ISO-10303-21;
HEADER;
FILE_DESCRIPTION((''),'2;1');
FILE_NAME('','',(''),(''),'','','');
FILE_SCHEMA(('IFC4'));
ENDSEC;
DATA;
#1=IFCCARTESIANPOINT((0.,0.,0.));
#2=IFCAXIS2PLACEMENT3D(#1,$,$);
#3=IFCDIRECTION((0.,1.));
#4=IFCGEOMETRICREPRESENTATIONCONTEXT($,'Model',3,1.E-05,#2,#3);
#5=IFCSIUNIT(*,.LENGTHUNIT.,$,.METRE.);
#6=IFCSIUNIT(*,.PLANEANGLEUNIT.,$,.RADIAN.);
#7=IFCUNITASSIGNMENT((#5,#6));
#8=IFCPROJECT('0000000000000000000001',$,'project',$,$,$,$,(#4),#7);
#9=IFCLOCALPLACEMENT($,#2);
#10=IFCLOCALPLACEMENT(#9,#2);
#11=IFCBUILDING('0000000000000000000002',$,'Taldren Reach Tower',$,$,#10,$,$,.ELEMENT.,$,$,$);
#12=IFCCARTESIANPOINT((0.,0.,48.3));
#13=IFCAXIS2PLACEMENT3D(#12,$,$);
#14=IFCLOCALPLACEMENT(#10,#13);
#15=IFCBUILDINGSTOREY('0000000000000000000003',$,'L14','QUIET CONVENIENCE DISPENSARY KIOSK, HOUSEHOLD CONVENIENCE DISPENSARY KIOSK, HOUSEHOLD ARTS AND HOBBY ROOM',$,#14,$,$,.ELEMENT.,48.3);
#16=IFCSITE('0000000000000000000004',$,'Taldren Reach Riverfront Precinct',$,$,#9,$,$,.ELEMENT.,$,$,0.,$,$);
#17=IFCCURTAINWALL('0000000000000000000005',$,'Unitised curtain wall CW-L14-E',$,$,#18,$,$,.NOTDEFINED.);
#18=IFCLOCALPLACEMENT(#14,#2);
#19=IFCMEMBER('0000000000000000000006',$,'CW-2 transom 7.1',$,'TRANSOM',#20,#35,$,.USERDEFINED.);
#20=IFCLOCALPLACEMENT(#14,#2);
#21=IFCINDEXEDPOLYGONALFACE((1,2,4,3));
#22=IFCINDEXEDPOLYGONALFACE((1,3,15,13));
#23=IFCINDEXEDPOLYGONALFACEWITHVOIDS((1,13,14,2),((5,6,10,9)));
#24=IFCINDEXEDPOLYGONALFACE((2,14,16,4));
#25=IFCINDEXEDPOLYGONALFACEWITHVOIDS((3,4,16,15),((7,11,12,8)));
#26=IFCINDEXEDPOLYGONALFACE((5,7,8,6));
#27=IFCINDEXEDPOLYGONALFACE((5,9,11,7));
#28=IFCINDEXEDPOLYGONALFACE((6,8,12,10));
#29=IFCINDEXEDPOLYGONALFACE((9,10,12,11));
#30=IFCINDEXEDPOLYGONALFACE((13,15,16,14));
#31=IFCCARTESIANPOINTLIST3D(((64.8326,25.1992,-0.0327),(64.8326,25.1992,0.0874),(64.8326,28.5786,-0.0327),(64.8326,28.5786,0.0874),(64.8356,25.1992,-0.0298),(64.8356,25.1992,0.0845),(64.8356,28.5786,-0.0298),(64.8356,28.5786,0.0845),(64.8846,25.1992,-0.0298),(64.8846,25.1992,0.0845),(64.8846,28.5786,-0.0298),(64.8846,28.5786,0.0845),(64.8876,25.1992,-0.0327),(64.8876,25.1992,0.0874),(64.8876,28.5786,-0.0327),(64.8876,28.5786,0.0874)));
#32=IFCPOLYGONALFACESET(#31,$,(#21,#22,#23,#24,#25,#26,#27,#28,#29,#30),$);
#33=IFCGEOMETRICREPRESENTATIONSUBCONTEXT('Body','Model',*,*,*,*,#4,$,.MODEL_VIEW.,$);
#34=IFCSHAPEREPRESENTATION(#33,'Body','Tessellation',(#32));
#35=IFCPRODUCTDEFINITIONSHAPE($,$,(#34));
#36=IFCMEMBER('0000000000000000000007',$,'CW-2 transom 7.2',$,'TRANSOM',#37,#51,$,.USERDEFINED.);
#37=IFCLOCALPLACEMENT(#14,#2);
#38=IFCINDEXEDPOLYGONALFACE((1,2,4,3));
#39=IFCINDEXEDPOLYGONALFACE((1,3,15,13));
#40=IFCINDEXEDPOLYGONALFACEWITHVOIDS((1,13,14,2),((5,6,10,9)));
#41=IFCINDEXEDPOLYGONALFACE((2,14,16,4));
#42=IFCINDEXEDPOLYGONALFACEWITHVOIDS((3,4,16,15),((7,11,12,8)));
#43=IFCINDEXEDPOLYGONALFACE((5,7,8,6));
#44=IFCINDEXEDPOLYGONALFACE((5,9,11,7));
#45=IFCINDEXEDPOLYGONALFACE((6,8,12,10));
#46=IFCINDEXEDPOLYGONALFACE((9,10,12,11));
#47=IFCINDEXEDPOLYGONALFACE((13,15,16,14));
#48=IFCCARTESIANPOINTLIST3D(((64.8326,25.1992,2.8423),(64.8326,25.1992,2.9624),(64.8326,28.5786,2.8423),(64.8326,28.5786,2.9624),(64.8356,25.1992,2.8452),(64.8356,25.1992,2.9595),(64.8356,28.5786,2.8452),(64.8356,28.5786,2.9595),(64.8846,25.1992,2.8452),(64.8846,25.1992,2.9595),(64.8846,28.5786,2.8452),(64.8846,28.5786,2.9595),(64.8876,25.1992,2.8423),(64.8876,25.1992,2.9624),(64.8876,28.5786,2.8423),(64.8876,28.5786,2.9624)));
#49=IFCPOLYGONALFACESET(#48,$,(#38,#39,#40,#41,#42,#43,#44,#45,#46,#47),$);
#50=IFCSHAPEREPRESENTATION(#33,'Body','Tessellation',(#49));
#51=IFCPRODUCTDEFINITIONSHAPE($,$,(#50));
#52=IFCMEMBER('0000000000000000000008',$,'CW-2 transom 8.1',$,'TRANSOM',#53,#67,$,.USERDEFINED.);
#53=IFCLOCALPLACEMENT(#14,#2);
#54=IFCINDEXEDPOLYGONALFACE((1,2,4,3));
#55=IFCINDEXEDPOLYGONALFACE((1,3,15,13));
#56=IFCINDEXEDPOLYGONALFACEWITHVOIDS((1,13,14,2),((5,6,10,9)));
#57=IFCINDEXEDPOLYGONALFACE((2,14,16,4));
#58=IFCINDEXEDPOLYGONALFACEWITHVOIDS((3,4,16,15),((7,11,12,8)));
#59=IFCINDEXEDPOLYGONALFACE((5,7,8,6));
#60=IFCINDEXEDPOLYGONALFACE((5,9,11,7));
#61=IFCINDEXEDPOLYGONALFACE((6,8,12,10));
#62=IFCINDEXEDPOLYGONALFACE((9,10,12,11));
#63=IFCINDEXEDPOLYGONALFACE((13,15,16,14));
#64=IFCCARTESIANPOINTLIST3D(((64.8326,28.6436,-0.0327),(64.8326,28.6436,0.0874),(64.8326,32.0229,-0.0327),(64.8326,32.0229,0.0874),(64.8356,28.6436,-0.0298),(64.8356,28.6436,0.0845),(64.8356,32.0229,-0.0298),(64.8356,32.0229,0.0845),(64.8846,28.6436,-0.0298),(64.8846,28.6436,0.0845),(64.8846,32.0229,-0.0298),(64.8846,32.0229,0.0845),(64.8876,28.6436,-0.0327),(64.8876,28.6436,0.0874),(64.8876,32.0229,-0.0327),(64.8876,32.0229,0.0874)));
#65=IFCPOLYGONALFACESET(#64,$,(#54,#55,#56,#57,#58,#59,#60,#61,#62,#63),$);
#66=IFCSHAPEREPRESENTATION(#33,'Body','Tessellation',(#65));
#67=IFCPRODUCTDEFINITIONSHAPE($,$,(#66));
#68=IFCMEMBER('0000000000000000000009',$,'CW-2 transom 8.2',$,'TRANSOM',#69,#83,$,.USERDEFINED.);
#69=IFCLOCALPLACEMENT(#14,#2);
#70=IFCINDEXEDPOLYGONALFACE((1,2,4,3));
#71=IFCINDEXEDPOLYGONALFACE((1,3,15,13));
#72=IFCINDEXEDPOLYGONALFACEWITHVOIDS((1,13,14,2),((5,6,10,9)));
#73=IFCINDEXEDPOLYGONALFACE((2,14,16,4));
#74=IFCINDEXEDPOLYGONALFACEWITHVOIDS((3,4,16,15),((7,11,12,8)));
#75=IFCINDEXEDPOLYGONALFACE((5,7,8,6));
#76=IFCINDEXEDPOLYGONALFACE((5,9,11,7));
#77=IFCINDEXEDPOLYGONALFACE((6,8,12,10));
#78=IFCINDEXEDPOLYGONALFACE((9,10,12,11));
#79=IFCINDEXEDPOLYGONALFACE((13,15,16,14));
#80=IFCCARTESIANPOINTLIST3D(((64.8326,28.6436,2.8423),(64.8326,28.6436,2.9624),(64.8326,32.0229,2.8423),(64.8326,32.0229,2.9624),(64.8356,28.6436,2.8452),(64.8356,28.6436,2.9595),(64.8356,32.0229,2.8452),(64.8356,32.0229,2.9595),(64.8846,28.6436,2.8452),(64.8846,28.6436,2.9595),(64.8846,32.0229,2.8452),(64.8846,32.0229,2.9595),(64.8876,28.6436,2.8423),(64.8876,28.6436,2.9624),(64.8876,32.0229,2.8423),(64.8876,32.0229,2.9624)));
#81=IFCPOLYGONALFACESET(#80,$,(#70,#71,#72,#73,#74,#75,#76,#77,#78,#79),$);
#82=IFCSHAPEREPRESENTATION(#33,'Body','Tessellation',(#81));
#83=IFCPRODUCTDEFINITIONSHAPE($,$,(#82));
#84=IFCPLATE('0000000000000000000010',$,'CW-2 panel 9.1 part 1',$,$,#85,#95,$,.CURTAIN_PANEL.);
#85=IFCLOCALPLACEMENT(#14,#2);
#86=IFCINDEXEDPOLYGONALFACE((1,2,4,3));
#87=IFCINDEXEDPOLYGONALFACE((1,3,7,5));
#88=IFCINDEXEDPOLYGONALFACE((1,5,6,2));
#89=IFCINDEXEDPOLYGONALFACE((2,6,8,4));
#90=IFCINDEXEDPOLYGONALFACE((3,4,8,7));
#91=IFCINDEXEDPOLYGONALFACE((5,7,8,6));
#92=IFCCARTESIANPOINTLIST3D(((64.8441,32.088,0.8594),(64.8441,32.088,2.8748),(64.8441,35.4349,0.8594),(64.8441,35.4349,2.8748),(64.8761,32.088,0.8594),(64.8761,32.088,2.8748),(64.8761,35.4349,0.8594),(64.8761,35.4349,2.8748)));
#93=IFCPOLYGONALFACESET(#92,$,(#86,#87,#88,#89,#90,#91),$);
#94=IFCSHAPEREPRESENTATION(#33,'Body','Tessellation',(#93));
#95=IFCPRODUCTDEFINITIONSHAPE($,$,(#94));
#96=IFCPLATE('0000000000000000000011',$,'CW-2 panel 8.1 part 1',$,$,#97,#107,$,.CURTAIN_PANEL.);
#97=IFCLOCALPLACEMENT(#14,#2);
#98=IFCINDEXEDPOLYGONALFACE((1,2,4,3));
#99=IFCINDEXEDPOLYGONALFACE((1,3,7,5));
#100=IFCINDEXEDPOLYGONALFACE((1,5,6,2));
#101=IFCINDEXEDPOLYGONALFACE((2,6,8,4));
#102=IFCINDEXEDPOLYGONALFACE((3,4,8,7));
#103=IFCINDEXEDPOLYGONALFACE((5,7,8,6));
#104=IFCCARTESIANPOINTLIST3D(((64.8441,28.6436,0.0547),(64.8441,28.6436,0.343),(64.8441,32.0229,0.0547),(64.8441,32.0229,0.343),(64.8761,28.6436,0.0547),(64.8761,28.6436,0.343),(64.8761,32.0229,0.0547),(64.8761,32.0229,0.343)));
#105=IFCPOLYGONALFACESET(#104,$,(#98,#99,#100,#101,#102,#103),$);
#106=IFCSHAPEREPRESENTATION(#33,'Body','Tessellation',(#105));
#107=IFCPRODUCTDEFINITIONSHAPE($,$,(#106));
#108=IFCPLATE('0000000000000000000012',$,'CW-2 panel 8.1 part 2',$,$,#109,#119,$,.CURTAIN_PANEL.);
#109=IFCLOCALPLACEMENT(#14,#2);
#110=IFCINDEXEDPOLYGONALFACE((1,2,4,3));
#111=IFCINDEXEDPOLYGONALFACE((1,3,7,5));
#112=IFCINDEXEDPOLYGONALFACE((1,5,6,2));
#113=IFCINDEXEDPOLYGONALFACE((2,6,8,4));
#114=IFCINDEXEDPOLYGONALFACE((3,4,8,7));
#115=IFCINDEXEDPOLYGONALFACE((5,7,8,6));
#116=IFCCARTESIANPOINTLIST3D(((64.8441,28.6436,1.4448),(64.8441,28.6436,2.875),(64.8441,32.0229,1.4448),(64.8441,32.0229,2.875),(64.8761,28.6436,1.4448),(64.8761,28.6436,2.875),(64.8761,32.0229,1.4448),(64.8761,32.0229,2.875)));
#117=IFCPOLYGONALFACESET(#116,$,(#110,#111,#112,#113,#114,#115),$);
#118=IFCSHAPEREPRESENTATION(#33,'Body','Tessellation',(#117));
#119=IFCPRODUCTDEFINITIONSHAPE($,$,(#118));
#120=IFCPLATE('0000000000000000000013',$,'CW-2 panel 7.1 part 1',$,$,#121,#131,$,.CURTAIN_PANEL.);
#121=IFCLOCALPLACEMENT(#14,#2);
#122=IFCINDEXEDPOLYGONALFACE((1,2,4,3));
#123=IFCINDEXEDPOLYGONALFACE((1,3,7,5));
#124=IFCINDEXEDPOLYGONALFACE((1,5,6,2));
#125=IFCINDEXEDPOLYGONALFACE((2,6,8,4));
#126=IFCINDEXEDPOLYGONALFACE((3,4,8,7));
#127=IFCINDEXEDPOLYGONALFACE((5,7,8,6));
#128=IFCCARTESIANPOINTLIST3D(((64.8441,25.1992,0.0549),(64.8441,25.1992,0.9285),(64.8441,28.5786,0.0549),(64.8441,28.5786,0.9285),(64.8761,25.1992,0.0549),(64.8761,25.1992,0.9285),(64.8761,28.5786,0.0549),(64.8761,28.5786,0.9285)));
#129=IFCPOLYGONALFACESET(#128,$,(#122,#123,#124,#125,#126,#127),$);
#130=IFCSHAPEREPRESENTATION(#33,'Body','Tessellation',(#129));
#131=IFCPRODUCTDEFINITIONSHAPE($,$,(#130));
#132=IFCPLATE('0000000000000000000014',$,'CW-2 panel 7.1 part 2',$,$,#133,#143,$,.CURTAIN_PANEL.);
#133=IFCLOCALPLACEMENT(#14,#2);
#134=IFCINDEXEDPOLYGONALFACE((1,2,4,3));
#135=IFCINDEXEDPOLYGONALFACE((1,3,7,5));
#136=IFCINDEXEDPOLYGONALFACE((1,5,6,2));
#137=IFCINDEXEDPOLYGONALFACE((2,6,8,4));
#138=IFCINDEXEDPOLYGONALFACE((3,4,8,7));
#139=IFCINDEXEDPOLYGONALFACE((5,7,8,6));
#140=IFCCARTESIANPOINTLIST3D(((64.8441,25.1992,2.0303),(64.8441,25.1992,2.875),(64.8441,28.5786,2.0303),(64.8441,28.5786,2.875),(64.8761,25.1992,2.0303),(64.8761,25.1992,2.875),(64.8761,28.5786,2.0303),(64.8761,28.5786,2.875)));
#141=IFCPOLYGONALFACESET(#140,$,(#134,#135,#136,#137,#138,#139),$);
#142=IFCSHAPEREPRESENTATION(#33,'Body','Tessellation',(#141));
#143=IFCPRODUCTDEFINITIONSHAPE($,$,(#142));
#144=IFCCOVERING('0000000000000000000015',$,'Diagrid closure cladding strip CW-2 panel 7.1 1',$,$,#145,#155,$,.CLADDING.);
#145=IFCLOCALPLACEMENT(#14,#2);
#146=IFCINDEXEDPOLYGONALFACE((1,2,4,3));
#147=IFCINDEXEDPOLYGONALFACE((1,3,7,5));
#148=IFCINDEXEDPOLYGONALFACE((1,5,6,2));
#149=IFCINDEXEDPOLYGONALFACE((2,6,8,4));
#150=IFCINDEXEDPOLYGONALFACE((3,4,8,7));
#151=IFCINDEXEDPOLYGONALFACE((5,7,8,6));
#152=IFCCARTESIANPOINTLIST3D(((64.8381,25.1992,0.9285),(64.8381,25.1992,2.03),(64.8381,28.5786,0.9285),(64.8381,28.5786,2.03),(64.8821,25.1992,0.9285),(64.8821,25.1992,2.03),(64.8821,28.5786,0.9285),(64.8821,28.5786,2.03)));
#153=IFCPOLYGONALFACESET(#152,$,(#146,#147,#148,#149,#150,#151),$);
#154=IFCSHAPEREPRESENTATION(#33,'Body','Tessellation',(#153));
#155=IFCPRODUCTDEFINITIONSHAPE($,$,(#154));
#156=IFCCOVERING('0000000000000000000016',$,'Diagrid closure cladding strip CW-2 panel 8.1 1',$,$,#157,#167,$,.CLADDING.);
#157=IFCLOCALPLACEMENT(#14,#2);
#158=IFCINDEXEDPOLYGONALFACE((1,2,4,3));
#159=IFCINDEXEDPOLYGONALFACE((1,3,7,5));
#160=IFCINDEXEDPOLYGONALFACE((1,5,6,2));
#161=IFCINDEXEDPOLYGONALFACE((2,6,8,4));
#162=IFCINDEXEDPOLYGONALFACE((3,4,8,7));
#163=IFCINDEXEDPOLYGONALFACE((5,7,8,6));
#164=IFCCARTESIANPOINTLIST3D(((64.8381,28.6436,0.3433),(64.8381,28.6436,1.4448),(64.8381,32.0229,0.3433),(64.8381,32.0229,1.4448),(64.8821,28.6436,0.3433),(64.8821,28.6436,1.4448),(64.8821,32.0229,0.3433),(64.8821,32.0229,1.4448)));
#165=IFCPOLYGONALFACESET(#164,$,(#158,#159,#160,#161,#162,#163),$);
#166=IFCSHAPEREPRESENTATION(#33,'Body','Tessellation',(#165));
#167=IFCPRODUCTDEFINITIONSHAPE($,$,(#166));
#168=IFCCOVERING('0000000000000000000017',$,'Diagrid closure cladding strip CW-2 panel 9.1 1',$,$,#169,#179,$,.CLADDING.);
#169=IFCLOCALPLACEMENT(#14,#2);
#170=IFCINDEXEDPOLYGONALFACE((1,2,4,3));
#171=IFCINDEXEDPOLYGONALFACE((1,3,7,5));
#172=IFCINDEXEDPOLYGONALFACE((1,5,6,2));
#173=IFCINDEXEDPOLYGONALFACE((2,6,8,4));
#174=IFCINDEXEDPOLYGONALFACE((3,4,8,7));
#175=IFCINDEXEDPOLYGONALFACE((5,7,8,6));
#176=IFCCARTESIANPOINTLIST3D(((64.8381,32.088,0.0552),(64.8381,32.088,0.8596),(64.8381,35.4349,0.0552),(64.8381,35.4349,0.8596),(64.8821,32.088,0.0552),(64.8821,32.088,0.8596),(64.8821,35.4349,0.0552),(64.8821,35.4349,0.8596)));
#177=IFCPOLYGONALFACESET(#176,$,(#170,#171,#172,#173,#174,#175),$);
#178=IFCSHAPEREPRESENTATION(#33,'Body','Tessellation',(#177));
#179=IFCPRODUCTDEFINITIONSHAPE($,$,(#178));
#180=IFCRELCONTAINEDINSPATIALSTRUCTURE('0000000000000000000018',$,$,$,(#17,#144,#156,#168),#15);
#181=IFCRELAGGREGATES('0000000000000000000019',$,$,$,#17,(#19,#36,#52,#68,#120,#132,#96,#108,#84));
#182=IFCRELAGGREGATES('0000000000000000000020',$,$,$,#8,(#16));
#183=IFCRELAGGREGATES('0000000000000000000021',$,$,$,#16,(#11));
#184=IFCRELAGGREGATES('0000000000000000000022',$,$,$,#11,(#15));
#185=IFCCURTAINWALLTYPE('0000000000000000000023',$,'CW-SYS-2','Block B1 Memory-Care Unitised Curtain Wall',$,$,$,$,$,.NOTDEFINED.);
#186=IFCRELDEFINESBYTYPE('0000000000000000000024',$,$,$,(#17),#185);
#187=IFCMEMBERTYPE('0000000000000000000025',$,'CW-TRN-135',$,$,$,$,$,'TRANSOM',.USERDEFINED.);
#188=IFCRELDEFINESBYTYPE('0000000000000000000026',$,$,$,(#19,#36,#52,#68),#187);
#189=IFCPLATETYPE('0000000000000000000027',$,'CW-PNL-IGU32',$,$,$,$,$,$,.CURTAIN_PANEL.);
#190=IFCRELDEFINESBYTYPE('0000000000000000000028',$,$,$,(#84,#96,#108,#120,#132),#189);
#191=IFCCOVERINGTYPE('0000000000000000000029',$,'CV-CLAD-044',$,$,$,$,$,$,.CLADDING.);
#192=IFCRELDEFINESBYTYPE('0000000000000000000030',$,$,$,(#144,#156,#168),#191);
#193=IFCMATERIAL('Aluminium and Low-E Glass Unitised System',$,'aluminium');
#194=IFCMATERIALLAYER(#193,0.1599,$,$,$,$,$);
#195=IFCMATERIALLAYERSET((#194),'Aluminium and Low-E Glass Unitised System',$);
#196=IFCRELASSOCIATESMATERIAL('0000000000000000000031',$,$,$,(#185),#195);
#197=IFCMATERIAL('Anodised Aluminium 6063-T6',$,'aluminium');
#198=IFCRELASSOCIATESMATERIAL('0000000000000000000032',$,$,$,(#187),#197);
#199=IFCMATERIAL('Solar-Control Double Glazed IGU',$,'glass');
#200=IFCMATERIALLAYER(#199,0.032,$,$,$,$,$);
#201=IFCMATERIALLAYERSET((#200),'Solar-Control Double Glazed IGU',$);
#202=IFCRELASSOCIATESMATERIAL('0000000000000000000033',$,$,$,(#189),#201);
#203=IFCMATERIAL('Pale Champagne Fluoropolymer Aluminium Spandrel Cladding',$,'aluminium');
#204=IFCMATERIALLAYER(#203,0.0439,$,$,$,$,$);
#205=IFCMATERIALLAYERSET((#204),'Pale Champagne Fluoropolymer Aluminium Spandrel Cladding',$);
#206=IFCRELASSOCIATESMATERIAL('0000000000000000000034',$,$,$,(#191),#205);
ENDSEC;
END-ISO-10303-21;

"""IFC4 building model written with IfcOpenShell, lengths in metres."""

from ifc_helpers import new_model, si_unit, direction, frame, origin, origin_2d, place, context, subcontext, project, spatial, rectangle, hollow_rectangle, extrude, source, transform, mapped, material, layer, layer_set, material_profile, profile_set, type_object, element, aggregate, save


model = new_model("IFC4")

# Units and contexts
model_context = context("Model", 3, precision=1e-05, world=origin(), true_north=direction((0.0, 1.0)))
body_context = subcontext(model_context, "Body", "Model", "MODEL_VIEW")
ifc_project = project(units=[si_unit("LENGTHUNIT", "METRE"), si_unit("PLANEANGLEUNIT", "RADIAN")], contexts=[model_context])

# Site, building, storey
site_placement = place(None, origin())
site = spatial("IfcSite", under=ifc_project, at=site_placement, Name="Taldren Reach Riverfront Precinct", CompositionType="ELEMENT", RefElevation=0.0)
building_placement = place(site_placement, origin())
building = spatial("IfcBuilding", under=site, at=building_placement, Name="Taldren Reach Tower", CompositionType="ELEMENT")
storey_placement = place(building_placement, frame((0.0, 0.0, 48.3)))
storey = spatial("IfcBuildingStorey", under=building, at=storey_placement, Name="L14", Description="QUIET CONVENIENCE DISPENSARY KIOSK, HOUSEHOLD CONVENIENCE DISPENSARY KIOSK, HOUSEHOLD ARTS AND HOBBY ROOM", CompositionType="ELEMENT", Elevation=48.3)

# Curtain wall, members, plates
ifc_material_1 = material(Name="Aluminium and Low-E Glass Unitised System", Category="aluminium")
ifc_layer_1 = layer(ifc_material_1, 0.1599)
ifc_layer_set_1 = layer_set([ifc_layer_1], Name="Aluminium and Low-E Glass Unitised System")
curtain_wall_type = type_object("IfcCurtainWallType", Name="CW-SYS-2", Description="Block B1 Memory-Care Unitised Curtain Wall", PredefinedType="NOTDEFINED", material=ifc_layer_set_1)
curtain_wall_placement = place(storey_placement, origin())
curtain_wall = element("IfcCurtainWall", 1, at=curtain_wall_placement, inside=storey, type_object=curtain_wall_type, Name="Unitised curtain wall CW-L14-E", PredefinedType="NOTDEFINED")
ifc_material_2 = material(Name="Anodised Aluminium 6063-T6", Category="aluminium")
ifc_material_profile_1 = material_profile(ifc_material_2, hollow_rectangle(XDim=0.0549, YDim=0.1201, WallThickness=0.0029, at=origin_2d()), Name="ALU-120x55x3RHS")
ifc_profile_set_1 = profile_set([ifc_material_profile_1], Name="Anodised Aluminium 6063-T6")
member_type_1 = type_object("IfcMemberType", Name="CW-TRN-135", ElementType="TRANSOM", PredefinedType="USERDEFINED", material=ifc_profile_set_1)
shared_shape_1 = source(origin(), body_context, "Body", "SweptSolid", [
    extrude(hollow_rectangle(XDim=0.0549, YDim=0.1201, WallThickness=0.0029, at=origin_2d()), origin(), (0.0, 0.0, 1.0), 3.3794),
])
member_1_placement = place(storey_placement, frame((64.8601, 25.1992, 0.0273), z_axis=(0.0, 1.0, 0.0), x_axis=(-1.0, 0.0, 0.0)))
member_1 = element("IfcMember", 2, at=member_1_placement, type_object=member_type_1, Name="CW-2 transom 7.1", ObjectType="TRANSOM", PredefinedType="USERDEFINED", context=body_context, shape_type="MappedRepresentation", body=[
    mapped(shared_shape_1, transform((0.0, 0.0, 0.0), scale=1.0)),
])
member_2_placement = place(storey_placement, frame((64.8601, 25.1992, 2.9023), z_axis=(0.0, 1.0, 0.0), x_axis=(-1.0, 0.0, 0.0)))
member_2 = element("IfcMember", 3, at=member_2_placement, type_object=member_type_1, Name="CW-2 transom 7.2", ObjectType="TRANSOM", PredefinedType="USERDEFINED", context=body_context, shape_type="MappedRepresentation", body=[
    mapped(shared_shape_1, transform((0.0, 0.0, 0.0), scale=1.0)),
])
member_3_placement = place(storey_placement, frame((64.8601, 28.6436, 0.0273), z_axis=(0.0, 1.0, 0.0), x_axis=(-1.0, 0.0, 0.0)))
member_3 = element("IfcMember", 4, at=member_3_placement, type_object=member_type_1, Name="CW-2 transom 8.1", ObjectType="TRANSOM", PredefinedType="USERDEFINED", context=body_context, shape_type="MappedRepresentation", body=[
    mapped(shared_shape_1, transform((0.0, 0.0, 0.0), scale=1.0)),
])
member_4_placement = place(storey_placement, frame((64.8601, 28.6436, 2.9023), z_axis=(0.0, 1.0, 0.0), x_axis=(-1.0, 0.0, 0.0)))
member_4 = element("IfcMember", 5, at=member_4_placement, type_object=member_type_1, Name="CW-2 transom 8.2", ObjectType="TRANSOM", PredefinedType="USERDEFINED", context=body_context, shape_type="MappedRepresentation", body=[
    mapped(shared_shape_1, transform((0.0, 0.0, 0.0), scale=1.0)),
])
ifc_material_3 = material(Name="Solar-Control Double Glazed IGU", Category="glass")
ifc_layer_2 = layer(ifc_material_3, 0.032)
ifc_layer_set_2 = layer_set([ifc_layer_2], Name="Solar-Control Double Glazed IGU")
plate_type = type_object("IfcPlateType", Name="CW-PNL-IGU32", PredefinedType="CURTAIN_PANEL", material=ifc_layer_set_2)
shared_shape_2 = source(origin(), body_context, "Body", "SweptSolid", [
    extrude(rectangle(XDim=3.3469, YDim=0.032, at=origin_2d()), origin(), (0.0, 0.0, 1.0), 2.0154),
])
plate_1_placement = place(storey_placement, frame((64.8601, 33.7615, 0.8594), z_axis=(0.0, 0.0, 1.0), x_axis=(0.0, 1.0, 0.0)))
plate_1 = element("IfcPlate", 6, at=plate_1_placement, type_object=plate_type, Name="CW-2 panel 9.1 part 1", PredefinedType="CURTAIN_PANEL", context=body_context, shape_type="MappedRepresentation", body=[
    mapped(shared_shape_2, transform((0.0, 0.0, 0.0), scale=1.0)),
])
shared_shape_3 = source(origin(), body_context, "Body", "SweptSolid", [
    extrude(rectangle(XDim=3.3794, YDim=0.032, at=origin_2d()), origin(), (0.0, 0.0, 1.0), 0.2883),
])
plate_2_placement = place(storey_placement, frame((64.8601, 30.3333, 0.0547), z_axis=(0.0, 0.0, 1.0), x_axis=(0.0, 1.0, 0.0)))
plate_2 = element("IfcPlate", 7, at=plate_2_placement, type_object=plate_type, Name="CW-2 panel 8.1 part 1", PredefinedType="CURTAIN_PANEL", context=body_context, shape_type="MappedRepresentation", body=[
    mapped(shared_shape_3, transform((0.0, 0.0, 0.0), scale=1.0)),
])
shared_shape_4 = source(origin(), body_context, "Body", "SweptSolid", [
    extrude(rectangle(XDim=3.3794, YDim=0.032, at=origin_2d()), origin(), (0.0, 0.0, 1.0), 1.4302),
])
plate_3_placement = place(storey_placement, frame((64.8601, 30.3333, 1.4448), z_axis=(0.0, 0.0, 1.0), x_axis=(0.0, 1.0, 0.0)))
plate_3 = element("IfcPlate", 8, at=plate_3_placement, type_object=plate_type, Name="CW-2 panel 8.1 part 2", PredefinedType="CURTAIN_PANEL", context=body_context, shape_type="MappedRepresentation", body=[
    mapped(shared_shape_4, transform((0.0, 0.0, 0.0), scale=1.0)),
])
shared_shape_5 = source(origin(), body_context, "Body", "SweptSolid", [
    extrude(rectangle(XDim=3.3794, YDim=0.032, at=origin_2d()), origin(), (0.0, 0.0, 1.0), 0.8735),
])
plate_4_placement = place(storey_placement, frame((64.8601, 26.8889, 0.0549), z_axis=(0.0, 0.0, 1.0), x_axis=(0.0, 1.0, 0.0)))
plate_4 = element("IfcPlate", 9, at=plate_4_placement, type_object=plate_type, Name="CW-2 panel 7.1 part 1", PredefinedType="CURTAIN_PANEL", context=body_context, shape_type="MappedRepresentation", body=[
    mapped(shared_shape_5, transform((0.0, 0.0, 0.0), scale=1.0)),
])
shared_shape_6 = source(origin(), body_context, "Body", "SweptSolid", [
    extrude(rectangle(XDim=3.3794, YDim=0.032, at=origin_2d()), origin(), (0.0, 0.0, 1.0), 0.8447),
])
plate_5_placement = place(storey_placement, frame((64.8601, 26.8889, 2.0303), z_axis=(0.0, 0.0, 1.0), x_axis=(0.0, 1.0, 0.0)))
plate_5 = element("IfcPlate", 10, at=plate_5_placement, type_object=plate_type, Name="CW-2 panel 7.1 part 2", PredefinedType="CURTAIN_PANEL", context=body_context, shape_type="MappedRepresentation", body=[
    mapped(shared_shape_6, transform((0.0, 0.0, 0.0), scale=1.0)),
])
aggregate(curtain_wall, [member_1, member_2, member_3, member_4, plate_4, plate_5, plate_2, plate_3, plate_1])

# Coverings
ifc_material_4 = material(Name="Pale Champagne Fluoropolymer Aluminium Spandrel Cladding", Category="aluminium")
ifc_layer_3 = layer(ifc_material_4, 0.0439)
ifc_layer_set_3 = layer_set([ifc_layer_3], Name="Pale Champagne Fluoropolymer Aluminium Spandrel Cladding")
covering_type = type_object("IfcCoveringType", Name="CV-CLAD-044", PredefinedType="CLADDING", material=ifc_layer_set_3)
shared_shape_7 = source(origin(), body_context, "Body", "SweptSolid", [
    extrude(rectangle(XDim=3.3794, YDim=0.0439, at=origin_2d()), origin(), (0.0, 0.0, 1.0), 1.1016),
])
for number, where, z_axis, x_axis, name in (
    (11, (64.8601, 26.8889, 0.9285), (0.0, 0.0, 1.0), (0.0, 1.0, 0.0), "Diagrid closure cladding strip CW-2 panel 7.1 1"),
    (12, (64.8601, 30.3333, 0.3433), (0.0, 0.0, 1.0), (0.0, 1.0, 0.0), "Diagrid closure cladding strip CW-2 panel 8.1 1"),
):
    element("IfcCovering", number, at=place(storey_placement, frame(where, z_axis=z_axis, x_axis=x_axis)), inside=storey, type_object=covering_type, Name=name, PredefinedType="CLADDING", context=body_context, shape_type="MappedRepresentation", body=[
        mapped(shared_shape_7, transform((0.0, 0.0, 0.0), scale=1.0)),
    ])
shared_shape_8 = source(origin(), body_context, "Body", "SweptSolid", [
    extrude(rectangle(XDim=3.3469, YDim=0.0439, at=origin_2d()), origin(), (0.0, 0.0, 1.0), 0.8044),
])
covering_placement = place(storey_placement, frame((64.8601, 33.7615, 0.0552), z_axis=(0.0, 0.0, 1.0), x_axis=(0.0, 1.0, 0.0)))
element("IfcCovering", 13, at=covering_placement, inside=storey, type_object=covering_type, Name="Diagrid closure cladding strip CW-2 panel 9.1 1", PredefinedType="CLADDING", context=body_context, shape_type="MappedRepresentation", body=[
    mapped(shared_shape_8, transform((0.0, 0.0, 0.0), scale=1.0)),
])

save(model, "model.ifc")
